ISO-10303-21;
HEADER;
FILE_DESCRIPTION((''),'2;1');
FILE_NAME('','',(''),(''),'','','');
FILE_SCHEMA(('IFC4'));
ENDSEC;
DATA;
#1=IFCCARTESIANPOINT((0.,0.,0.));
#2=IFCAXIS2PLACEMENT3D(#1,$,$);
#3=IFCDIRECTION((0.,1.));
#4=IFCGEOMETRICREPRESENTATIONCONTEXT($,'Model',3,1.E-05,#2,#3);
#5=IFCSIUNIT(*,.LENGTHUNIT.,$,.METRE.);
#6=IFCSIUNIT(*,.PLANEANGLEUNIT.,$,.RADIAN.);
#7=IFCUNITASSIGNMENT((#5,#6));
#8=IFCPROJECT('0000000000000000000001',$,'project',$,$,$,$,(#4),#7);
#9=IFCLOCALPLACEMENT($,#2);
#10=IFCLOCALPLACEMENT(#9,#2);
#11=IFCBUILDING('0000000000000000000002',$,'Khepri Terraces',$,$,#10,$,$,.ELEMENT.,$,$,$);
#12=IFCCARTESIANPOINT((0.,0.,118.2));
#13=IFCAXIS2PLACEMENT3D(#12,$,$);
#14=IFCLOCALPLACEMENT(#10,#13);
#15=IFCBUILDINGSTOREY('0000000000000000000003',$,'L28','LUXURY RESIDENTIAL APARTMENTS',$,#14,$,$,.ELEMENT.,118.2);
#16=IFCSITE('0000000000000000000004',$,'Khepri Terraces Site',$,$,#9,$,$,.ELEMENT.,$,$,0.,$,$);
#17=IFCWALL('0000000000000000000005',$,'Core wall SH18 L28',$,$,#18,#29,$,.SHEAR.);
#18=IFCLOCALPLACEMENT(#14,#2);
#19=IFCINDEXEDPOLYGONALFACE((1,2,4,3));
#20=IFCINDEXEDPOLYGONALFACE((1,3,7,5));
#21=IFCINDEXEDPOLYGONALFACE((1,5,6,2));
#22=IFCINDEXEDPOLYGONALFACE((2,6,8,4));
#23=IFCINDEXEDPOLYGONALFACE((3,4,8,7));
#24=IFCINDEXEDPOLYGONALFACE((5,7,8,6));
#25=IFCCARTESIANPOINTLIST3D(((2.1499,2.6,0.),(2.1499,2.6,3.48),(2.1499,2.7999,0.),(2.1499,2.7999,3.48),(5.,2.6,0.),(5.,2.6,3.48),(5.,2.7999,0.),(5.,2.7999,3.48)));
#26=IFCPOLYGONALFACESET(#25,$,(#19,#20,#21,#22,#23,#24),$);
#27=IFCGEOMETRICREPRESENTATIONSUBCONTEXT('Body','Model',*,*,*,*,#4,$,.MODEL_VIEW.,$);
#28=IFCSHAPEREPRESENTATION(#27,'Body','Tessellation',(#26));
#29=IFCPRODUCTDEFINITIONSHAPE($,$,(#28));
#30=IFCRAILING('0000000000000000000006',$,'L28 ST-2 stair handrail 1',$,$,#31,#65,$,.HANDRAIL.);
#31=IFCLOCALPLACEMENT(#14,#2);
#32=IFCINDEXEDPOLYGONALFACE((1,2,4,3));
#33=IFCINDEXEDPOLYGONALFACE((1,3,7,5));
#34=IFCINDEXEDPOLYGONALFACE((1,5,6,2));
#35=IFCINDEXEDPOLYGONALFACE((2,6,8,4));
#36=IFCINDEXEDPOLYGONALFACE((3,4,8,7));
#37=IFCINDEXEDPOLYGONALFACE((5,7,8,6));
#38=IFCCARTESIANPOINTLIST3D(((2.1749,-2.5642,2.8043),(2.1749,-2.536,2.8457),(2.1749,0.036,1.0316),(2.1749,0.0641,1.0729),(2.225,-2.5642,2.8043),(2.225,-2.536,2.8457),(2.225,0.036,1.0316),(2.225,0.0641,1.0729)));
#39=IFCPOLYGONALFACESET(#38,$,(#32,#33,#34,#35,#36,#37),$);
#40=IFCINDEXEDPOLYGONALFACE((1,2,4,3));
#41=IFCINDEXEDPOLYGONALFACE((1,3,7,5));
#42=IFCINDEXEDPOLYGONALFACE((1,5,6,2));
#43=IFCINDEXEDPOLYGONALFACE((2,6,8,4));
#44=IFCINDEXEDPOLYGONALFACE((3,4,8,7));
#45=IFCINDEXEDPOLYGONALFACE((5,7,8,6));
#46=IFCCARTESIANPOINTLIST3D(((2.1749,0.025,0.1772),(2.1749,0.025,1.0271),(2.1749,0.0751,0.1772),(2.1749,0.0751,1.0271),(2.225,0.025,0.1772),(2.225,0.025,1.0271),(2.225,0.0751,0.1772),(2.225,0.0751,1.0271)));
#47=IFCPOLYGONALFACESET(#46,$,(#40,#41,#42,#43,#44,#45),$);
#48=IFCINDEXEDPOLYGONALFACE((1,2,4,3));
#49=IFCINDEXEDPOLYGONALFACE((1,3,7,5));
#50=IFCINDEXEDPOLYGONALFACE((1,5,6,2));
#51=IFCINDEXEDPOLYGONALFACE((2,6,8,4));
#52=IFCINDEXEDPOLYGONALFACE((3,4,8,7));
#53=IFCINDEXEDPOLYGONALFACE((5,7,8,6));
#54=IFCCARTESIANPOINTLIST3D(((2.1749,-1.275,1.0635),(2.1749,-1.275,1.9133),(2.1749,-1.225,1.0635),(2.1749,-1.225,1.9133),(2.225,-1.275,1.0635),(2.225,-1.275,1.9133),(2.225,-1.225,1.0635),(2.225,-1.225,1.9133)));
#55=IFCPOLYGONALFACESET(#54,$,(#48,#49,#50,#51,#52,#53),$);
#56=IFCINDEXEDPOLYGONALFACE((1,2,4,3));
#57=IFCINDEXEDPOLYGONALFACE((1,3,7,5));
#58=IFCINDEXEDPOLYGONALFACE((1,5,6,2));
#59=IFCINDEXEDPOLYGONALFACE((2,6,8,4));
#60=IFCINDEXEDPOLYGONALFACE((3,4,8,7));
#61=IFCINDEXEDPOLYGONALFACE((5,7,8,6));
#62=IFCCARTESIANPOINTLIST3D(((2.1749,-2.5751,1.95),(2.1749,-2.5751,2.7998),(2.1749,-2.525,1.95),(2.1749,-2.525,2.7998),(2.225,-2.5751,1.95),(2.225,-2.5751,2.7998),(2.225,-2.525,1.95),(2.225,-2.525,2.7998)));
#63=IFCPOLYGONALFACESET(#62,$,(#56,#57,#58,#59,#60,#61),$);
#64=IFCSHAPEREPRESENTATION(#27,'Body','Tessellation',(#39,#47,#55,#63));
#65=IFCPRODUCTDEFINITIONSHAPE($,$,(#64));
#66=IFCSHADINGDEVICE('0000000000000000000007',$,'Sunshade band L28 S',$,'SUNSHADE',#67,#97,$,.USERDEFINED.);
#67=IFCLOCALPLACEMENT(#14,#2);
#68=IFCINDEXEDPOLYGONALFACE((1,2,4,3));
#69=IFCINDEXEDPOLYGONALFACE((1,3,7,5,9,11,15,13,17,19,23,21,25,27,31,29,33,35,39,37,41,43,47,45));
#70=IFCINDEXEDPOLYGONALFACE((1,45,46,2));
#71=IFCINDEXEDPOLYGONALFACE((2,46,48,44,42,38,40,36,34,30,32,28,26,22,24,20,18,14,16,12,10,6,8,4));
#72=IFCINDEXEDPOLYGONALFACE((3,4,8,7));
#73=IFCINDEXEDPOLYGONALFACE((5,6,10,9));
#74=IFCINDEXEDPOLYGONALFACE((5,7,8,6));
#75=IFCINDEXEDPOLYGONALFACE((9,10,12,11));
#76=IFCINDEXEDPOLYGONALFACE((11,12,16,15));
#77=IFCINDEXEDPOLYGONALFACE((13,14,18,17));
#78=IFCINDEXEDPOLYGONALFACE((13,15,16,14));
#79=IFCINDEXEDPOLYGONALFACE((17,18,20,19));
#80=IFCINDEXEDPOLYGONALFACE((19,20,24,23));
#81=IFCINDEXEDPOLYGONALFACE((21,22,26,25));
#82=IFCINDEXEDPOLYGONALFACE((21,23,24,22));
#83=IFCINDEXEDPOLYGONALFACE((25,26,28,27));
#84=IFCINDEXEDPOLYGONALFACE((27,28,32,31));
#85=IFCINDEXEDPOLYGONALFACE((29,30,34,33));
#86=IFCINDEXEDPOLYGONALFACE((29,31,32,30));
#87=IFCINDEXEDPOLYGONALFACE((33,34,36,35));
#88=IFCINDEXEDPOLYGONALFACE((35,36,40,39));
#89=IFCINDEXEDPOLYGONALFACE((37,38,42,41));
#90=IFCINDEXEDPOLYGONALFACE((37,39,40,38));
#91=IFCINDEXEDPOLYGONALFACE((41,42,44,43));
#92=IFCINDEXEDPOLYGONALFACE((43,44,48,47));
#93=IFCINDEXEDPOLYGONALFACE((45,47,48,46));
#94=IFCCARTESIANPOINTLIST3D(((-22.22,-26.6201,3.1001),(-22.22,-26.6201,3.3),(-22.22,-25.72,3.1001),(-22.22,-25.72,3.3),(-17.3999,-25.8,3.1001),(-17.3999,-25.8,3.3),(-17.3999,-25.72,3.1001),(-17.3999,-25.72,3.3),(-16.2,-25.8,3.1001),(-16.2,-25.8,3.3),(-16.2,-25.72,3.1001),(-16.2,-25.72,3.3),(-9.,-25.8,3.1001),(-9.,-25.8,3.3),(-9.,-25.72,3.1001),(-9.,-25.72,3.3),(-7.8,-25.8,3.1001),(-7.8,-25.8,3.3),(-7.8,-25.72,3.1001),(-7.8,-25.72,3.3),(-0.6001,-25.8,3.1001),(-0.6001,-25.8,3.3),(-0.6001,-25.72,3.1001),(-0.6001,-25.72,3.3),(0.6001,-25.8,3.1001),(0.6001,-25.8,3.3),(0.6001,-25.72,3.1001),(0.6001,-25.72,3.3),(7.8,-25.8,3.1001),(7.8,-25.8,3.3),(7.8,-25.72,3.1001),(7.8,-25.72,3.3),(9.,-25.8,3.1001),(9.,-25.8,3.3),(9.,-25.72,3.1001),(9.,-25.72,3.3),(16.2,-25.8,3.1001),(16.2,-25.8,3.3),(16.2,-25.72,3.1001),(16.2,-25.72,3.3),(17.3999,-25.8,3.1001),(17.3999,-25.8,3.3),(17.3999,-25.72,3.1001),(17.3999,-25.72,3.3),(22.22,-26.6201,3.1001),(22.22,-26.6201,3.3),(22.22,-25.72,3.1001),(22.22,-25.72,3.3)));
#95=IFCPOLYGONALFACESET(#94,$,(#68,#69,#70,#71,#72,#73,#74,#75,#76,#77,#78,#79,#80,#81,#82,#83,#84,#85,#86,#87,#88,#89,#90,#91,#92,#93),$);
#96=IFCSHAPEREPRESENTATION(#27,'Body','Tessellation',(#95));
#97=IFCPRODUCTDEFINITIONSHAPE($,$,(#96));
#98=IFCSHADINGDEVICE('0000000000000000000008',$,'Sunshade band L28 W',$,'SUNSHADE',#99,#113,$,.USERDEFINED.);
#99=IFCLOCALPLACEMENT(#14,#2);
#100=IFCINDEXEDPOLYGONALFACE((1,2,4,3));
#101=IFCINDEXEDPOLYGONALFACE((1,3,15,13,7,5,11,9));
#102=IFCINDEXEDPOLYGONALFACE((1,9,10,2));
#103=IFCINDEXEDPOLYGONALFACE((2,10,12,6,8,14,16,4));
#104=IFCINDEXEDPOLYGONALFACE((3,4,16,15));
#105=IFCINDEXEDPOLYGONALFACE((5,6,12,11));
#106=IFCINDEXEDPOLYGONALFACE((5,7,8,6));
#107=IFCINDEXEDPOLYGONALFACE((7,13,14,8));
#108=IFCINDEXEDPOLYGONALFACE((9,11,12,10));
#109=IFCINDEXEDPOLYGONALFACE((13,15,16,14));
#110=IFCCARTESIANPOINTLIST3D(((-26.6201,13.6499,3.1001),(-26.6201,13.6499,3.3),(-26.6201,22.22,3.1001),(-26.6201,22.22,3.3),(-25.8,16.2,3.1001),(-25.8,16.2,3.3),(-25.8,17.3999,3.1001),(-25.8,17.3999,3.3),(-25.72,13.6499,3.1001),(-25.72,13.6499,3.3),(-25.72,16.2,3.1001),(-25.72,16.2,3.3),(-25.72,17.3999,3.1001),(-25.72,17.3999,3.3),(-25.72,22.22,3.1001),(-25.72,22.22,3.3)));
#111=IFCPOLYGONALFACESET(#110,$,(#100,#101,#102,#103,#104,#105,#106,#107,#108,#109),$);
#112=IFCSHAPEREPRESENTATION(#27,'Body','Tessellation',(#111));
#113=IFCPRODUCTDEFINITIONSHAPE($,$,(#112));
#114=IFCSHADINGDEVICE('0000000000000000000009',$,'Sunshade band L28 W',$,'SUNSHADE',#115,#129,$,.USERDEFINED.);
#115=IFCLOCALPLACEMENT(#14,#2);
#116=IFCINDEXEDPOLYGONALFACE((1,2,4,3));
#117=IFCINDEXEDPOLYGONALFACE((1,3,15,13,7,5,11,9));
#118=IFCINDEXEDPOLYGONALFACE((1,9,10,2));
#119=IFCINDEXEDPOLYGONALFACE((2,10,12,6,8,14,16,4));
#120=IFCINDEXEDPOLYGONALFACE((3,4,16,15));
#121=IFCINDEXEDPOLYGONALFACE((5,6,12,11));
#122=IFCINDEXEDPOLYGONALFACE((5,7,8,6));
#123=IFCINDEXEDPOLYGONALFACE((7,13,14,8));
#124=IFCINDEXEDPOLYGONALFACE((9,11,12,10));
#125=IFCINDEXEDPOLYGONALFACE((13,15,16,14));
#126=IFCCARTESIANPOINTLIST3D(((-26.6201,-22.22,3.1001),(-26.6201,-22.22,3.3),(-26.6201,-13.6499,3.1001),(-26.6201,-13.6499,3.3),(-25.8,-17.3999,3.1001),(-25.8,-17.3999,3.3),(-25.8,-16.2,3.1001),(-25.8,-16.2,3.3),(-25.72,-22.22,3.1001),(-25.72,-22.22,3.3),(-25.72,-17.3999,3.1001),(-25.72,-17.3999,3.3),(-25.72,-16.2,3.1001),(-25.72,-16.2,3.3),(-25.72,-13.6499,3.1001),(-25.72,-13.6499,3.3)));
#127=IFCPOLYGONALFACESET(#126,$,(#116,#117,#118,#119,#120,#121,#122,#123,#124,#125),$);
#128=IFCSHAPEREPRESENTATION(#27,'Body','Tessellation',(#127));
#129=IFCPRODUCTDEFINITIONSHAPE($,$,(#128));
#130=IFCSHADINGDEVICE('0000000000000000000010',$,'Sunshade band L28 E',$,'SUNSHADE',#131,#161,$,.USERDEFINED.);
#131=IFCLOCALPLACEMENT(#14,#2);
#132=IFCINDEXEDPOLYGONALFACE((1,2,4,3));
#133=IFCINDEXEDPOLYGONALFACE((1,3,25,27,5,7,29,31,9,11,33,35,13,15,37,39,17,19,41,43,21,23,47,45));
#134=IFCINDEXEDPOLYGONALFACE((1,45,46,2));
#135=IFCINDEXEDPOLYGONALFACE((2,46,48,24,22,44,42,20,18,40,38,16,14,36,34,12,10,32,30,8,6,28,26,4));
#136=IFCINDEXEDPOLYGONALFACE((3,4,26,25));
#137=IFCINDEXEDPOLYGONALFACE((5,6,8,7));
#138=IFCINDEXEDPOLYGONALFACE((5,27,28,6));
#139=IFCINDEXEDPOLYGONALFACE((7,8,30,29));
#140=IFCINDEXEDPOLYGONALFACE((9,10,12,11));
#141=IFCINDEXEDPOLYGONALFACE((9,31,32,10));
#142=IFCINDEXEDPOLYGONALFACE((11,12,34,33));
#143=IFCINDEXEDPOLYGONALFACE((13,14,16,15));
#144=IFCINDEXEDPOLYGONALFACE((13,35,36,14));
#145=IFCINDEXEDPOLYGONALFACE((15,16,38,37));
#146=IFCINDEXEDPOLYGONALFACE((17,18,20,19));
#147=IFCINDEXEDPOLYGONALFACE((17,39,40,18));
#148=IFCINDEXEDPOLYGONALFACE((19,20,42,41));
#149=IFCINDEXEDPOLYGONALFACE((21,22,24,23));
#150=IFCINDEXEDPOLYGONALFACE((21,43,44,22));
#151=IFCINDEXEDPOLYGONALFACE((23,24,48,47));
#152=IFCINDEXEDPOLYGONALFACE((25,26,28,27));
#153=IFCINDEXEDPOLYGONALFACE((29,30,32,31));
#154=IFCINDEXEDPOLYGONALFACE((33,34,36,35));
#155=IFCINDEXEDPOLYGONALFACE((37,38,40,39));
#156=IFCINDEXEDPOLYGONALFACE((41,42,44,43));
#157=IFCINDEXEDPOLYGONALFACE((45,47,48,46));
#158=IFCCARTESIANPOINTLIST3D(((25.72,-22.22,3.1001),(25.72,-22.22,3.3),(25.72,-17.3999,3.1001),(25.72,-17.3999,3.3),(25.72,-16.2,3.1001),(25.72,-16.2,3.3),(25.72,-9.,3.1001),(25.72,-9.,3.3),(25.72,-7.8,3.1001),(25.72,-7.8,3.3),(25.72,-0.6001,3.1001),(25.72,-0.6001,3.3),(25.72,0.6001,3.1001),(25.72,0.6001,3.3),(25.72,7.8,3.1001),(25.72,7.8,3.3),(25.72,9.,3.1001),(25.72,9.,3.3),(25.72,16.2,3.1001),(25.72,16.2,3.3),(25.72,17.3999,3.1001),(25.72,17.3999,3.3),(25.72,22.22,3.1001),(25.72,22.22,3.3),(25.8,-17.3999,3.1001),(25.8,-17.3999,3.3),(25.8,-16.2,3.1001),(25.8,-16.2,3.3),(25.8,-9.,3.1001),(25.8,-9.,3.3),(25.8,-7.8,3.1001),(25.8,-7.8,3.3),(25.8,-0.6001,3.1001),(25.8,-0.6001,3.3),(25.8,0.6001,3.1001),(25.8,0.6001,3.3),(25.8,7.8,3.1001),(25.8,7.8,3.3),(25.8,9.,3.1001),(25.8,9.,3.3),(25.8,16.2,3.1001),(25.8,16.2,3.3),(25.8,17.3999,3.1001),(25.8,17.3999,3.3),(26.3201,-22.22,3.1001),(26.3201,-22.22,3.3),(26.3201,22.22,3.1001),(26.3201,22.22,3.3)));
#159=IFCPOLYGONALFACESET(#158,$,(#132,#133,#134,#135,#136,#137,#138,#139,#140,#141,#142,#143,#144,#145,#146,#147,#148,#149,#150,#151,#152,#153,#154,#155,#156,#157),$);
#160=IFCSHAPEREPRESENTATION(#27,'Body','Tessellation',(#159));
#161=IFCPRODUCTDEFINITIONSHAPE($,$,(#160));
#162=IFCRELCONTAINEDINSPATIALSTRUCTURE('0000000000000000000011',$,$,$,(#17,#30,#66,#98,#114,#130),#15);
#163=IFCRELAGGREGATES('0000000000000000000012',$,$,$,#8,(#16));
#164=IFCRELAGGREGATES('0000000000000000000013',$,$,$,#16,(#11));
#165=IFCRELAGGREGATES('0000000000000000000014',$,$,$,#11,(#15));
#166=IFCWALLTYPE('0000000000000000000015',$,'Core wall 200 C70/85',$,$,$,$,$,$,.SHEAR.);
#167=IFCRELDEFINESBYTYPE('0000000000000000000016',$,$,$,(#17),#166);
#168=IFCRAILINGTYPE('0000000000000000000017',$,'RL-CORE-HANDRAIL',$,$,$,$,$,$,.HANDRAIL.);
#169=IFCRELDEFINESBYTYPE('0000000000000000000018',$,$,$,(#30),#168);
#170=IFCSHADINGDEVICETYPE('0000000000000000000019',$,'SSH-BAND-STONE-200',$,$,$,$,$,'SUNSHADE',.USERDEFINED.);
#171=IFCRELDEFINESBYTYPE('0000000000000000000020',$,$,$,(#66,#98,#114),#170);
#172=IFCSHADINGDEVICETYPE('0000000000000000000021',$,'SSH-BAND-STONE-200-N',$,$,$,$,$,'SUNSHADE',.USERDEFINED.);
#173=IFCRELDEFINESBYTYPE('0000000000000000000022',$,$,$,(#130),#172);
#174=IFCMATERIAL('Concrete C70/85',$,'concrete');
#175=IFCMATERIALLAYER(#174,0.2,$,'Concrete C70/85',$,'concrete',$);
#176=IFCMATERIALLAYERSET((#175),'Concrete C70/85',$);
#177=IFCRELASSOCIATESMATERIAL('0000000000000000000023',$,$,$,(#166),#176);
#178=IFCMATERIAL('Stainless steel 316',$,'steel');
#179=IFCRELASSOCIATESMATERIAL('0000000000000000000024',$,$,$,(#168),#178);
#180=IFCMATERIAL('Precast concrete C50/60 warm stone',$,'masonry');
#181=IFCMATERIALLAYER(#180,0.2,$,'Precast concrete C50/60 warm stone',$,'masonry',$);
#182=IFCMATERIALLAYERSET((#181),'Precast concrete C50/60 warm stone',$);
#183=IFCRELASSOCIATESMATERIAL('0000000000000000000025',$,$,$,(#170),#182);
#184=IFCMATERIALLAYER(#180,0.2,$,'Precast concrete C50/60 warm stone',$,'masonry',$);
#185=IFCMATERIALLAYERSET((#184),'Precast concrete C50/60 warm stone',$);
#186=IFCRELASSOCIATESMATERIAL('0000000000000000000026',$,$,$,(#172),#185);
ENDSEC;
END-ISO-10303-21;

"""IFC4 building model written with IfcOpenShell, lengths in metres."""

from ifc_helpers import new_model, si_unit, direction, frame, frame_2d, origin, origin_2d, place, context, subcontext, project, spatial, polyline, rectangle, outline, extrude, material, layer, layer_set, type_object, element, save


model = new_model("IFC4")

# Units and contexts
model_context = context("Model", 3, precision=1e-05, world=origin(), true_north=direction((0.0, 1.0)))
body_context = subcontext(model_context, "Body", "Model", "MODEL_VIEW")
ifc_project = project(units=[si_unit("LENGTHUNIT", "METRE"), si_unit("PLANEANGLEUNIT", "RADIAN")], contexts=[model_context])

# Site, building, storey
site_placement = place(None, origin())
site = spatial("IfcSite", under=ifc_project, at=site_placement, Name="Khepri Terraces Site", CompositionType="ELEMENT", RefElevation=0.0)
building_placement = place(site_placement, origin())
building = spatial("IfcBuilding", under=site, at=building_placement, Name="Khepri Terraces", CompositionType="ELEMENT")
storey_placement = place(building_placement, frame((0.0, 0.0, 118.2)))
storey = spatial("IfcBuildingStorey", under=building, at=storey_placement, Name="L28", Description="LUXURY RESIDENTIAL APARTMENTS", CompositionType="ELEMENT", Elevation=118.2)

# Shared definitions
ifc_material_1 = material(Name="Concrete C70/85", Category="concrete")
ifc_layer_1 = layer(ifc_material_1, 0.2, Name="Concrete C70/85", Category="concrete")
ifc_layer_set_1 = layer_set([ifc_layer_1], Name="Concrete C70/85")
wall_type = type_object("IfcWallType", Name="Core wall 200 C70/85", PredefinedType="SHEAR", material=ifc_layer_set_1)

# Wall
wall_1_placement = place(storey_placement, frame((2.1499, 2.7, 0.0), z_axis=(0.0, 0.0, 1.0), x_axis=(1.0, 0.0, 0.0)))
element("IfcWall", 1, at=wall_1_placement, inside=storey, type_object=wall_type, Name="Core wall SH18 L28", PredefinedType="SHEAR", context=body_context, shape_type="SweptSolid", body=[
    extrude(rectangle(XDim=2.8501, YDim=0.2, at=frame_2d((1.425, 0.0))), origin(), (0.0, 0.0, 1.0), 3.48),
])

# Railing
ifc_material_2 = material(Name="Stainless steel 316", Category="steel")
railing_type = type_object("IfcRailingType", Name="RL-CORE-HANDRAIL", PredefinedType="HANDRAIL", material=ifc_material_2)
railing_placement = place(storey_placement, frame((2.2, 0.05, 0.1772)))
element("IfcRailing", 2, at=railing_placement, inside=storey, type_object=railing_type, Name="L28 ST-2 stair handrail 1", PredefinedType="HANDRAIL", context=body_context, shape_type="SweptSolid", body=[
    extrude(rectangle(XDim=0.05, YDim=0.05, at=origin_2d()), frame((0.0, 0.0, 0.875), z_axis=(0.0, -0.82624, 0.563318), x_axis=(1.0, 0.0, 0.0)), (0.0, 0.0, 1.0), 3.147),
    extrude(rectangle(XDim=0.05, YDim=0.05, at=origin_2d()), origin(), (0.0, 0.0, 1.0), 0.8499),
    extrude(rectangle(XDim=0.05, YDim=0.05, at=origin_2d()), frame((0.0, -1.3, 0.8862)), (0.0, 0.0, 1.0), 0.8499),
    extrude(rectangle(XDim=0.05, YDim=0.05, at=origin_2d()), frame((0.0, -2.6001, 1.7727)), (0.0, 0.0, 1.0), 0.8499),
])

# Shading devices
ifc_material_3 = material(Name="Precast concrete C50/60 warm stone", Category="masonry")
ifc_layer_2 = layer(ifc_material_3, 0.2, Name="Precast concrete C50/60 warm stone", Category="masonry")
ifc_layer_set_2 = layer_set([ifc_layer_2], Name="Precast concrete C50/60 warm stone")
shading_device_type_1 = type_object("IfcShadingDeviceType", Name="SSH-BAND-STONE-200", ElementType="SUNSHADE", PredefinedType="USERDEFINED", material=ifc_layer_set_2)
shading_device_1_placement = place(storey_placement, frame((0.0, 0.0, 3.1001)))
element("IfcShadingDevice", 3, at=shading_device_1_placement, inside=storey, type_object=shading_device_type_1, Name="Sunshade band L28 S", ObjectType="SUNSHADE", PredefinedType="USERDEFINED", context=body_context, shape_type="SweptSolid", body=[
    extrude(outline(polyline([(-17.3999, -25.72), (-22.22, -25.72), (-22.22, -26.6201), (22.22, -26.6201), (22.22, -25.72), (17.3999, -25.72), (17.3999, -25.8), (16.2, -25.8), (16.2, -25.72), (9.0, -25.72), (9.0, -25.8), (7.8, -25.8), (7.8, -25.72), (0.6001, -25.72), (0.6001, -25.8), (-0.6001, -25.8), (-0.6001, -25.72), (-7.8, -25.72), (-7.8, -25.8), (-9.0, -25.8), (-9.0, -25.72), (-16.2, -25.72), (-16.2, -25.8), (-17.3999, -25.8), (-17.3999, -25.72)])), origin(), (0.0, 0.0, 1.0), 0.2),
])
shading_device_2_placement = place(storey_placement, frame((0.0, 0.0, 3.1001)))
element("IfcShadingDevice", 4, at=shading_device_2_placement, inside=storey, type_object=shading_device_type_1, Name="Sunshade band L28 W", ObjectType="SUNSHADE", PredefinedType="USERDEFINED", context=body_context, shape_type="SweptSolid", body=[
    extrude(outline(polyline([(-25.72, 17.3999), (-25.72, 22.22), (-26.6201, 22.22), (-26.6201, 13.6499), (-25.72, 13.6499), (-25.72, 16.2), (-25.8, 16.2), (-25.8, 17.3999), (-25.72, 17.3999)])), origin(), (0.0, 0.0, 1.0), 0.2),
])
shading_device_3_placement = place(storey_placement, frame((0.0, 0.0, 3.1001)))
element("IfcShadingDevice", 5, at=shading_device_3_placement, inside=storey, type_object=shading_device_type_1, Name="Sunshade band L28 W", ObjectType="SUNSHADE", PredefinedType="USERDEFINED", context=body_context, shape_type="SweptSolid", body=[
    extrude(outline(polyline([(-25.72, -16.2), (-25.72, -13.6499), (-26.6201, -13.6499), (-26.6201, -22.22), (-25.72, -22.22), (-25.72, -17.3999), (-25.8, -17.3999), (-25.8, -16.2), (-25.72, -16.2)])), origin(), (0.0, 0.0, 1.0), 0.2),
])
ifc_layer_3 = layer(ifc_material_3, 0.2, Name="Precast concrete C50/60 warm stone", Category="masonry")
ifc_layer_set_3 = layer_set([ifc_layer_3], Name="Precast concrete C50/60 warm stone")
shading_device_type_2 = type_object("IfcShadingDeviceType", Name="SSH-BAND-STONE-200-N", ElementType="SUNSHADE", PredefinedType="USERDEFINED", material=ifc_layer_set_3)
shading_device_4_placement = place(storey_placement, frame((0.0, 0.0, 3.1001)))
element("IfcShadingDevice", 6, at=shading_device_4_placement, inside=storey, type_object=shading_device_type_2, Name="Sunshade band L28 E", ObjectType="SUNSHADE", PredefinedType="USERDEFINED", context=body_context, shape_type="SweptSolid", body=[
    extrude(outline(polyline([(25.72, -17.3999), (25.72, -22.22), (26.3201, -22.22), (26.3201, 22.22), (25.72, 22.22), (25.72, 17.3999), (25.8, 17.3999), (25.8, 16.2), (25.72, 16.2), (25.72, 9.0), (25.8, 9.0), (25.8, 7.8), (25.72, 7.8), (25.72, 0.6001), (25.8, 0.6001), (25.8, -0.6001), (25.72, -0.6001), (25.72, -7.8), (25.8, -7.8), (25.8, -9.0), (25.72, -9.0), (25.72, -16.2), (25.8, -16.2), (25.8, -17.3999), (25.72, -17.3999)])), origin(), (0.0, 0.0, 1.0), 0.2),
])

save(model, "model.ifc")
